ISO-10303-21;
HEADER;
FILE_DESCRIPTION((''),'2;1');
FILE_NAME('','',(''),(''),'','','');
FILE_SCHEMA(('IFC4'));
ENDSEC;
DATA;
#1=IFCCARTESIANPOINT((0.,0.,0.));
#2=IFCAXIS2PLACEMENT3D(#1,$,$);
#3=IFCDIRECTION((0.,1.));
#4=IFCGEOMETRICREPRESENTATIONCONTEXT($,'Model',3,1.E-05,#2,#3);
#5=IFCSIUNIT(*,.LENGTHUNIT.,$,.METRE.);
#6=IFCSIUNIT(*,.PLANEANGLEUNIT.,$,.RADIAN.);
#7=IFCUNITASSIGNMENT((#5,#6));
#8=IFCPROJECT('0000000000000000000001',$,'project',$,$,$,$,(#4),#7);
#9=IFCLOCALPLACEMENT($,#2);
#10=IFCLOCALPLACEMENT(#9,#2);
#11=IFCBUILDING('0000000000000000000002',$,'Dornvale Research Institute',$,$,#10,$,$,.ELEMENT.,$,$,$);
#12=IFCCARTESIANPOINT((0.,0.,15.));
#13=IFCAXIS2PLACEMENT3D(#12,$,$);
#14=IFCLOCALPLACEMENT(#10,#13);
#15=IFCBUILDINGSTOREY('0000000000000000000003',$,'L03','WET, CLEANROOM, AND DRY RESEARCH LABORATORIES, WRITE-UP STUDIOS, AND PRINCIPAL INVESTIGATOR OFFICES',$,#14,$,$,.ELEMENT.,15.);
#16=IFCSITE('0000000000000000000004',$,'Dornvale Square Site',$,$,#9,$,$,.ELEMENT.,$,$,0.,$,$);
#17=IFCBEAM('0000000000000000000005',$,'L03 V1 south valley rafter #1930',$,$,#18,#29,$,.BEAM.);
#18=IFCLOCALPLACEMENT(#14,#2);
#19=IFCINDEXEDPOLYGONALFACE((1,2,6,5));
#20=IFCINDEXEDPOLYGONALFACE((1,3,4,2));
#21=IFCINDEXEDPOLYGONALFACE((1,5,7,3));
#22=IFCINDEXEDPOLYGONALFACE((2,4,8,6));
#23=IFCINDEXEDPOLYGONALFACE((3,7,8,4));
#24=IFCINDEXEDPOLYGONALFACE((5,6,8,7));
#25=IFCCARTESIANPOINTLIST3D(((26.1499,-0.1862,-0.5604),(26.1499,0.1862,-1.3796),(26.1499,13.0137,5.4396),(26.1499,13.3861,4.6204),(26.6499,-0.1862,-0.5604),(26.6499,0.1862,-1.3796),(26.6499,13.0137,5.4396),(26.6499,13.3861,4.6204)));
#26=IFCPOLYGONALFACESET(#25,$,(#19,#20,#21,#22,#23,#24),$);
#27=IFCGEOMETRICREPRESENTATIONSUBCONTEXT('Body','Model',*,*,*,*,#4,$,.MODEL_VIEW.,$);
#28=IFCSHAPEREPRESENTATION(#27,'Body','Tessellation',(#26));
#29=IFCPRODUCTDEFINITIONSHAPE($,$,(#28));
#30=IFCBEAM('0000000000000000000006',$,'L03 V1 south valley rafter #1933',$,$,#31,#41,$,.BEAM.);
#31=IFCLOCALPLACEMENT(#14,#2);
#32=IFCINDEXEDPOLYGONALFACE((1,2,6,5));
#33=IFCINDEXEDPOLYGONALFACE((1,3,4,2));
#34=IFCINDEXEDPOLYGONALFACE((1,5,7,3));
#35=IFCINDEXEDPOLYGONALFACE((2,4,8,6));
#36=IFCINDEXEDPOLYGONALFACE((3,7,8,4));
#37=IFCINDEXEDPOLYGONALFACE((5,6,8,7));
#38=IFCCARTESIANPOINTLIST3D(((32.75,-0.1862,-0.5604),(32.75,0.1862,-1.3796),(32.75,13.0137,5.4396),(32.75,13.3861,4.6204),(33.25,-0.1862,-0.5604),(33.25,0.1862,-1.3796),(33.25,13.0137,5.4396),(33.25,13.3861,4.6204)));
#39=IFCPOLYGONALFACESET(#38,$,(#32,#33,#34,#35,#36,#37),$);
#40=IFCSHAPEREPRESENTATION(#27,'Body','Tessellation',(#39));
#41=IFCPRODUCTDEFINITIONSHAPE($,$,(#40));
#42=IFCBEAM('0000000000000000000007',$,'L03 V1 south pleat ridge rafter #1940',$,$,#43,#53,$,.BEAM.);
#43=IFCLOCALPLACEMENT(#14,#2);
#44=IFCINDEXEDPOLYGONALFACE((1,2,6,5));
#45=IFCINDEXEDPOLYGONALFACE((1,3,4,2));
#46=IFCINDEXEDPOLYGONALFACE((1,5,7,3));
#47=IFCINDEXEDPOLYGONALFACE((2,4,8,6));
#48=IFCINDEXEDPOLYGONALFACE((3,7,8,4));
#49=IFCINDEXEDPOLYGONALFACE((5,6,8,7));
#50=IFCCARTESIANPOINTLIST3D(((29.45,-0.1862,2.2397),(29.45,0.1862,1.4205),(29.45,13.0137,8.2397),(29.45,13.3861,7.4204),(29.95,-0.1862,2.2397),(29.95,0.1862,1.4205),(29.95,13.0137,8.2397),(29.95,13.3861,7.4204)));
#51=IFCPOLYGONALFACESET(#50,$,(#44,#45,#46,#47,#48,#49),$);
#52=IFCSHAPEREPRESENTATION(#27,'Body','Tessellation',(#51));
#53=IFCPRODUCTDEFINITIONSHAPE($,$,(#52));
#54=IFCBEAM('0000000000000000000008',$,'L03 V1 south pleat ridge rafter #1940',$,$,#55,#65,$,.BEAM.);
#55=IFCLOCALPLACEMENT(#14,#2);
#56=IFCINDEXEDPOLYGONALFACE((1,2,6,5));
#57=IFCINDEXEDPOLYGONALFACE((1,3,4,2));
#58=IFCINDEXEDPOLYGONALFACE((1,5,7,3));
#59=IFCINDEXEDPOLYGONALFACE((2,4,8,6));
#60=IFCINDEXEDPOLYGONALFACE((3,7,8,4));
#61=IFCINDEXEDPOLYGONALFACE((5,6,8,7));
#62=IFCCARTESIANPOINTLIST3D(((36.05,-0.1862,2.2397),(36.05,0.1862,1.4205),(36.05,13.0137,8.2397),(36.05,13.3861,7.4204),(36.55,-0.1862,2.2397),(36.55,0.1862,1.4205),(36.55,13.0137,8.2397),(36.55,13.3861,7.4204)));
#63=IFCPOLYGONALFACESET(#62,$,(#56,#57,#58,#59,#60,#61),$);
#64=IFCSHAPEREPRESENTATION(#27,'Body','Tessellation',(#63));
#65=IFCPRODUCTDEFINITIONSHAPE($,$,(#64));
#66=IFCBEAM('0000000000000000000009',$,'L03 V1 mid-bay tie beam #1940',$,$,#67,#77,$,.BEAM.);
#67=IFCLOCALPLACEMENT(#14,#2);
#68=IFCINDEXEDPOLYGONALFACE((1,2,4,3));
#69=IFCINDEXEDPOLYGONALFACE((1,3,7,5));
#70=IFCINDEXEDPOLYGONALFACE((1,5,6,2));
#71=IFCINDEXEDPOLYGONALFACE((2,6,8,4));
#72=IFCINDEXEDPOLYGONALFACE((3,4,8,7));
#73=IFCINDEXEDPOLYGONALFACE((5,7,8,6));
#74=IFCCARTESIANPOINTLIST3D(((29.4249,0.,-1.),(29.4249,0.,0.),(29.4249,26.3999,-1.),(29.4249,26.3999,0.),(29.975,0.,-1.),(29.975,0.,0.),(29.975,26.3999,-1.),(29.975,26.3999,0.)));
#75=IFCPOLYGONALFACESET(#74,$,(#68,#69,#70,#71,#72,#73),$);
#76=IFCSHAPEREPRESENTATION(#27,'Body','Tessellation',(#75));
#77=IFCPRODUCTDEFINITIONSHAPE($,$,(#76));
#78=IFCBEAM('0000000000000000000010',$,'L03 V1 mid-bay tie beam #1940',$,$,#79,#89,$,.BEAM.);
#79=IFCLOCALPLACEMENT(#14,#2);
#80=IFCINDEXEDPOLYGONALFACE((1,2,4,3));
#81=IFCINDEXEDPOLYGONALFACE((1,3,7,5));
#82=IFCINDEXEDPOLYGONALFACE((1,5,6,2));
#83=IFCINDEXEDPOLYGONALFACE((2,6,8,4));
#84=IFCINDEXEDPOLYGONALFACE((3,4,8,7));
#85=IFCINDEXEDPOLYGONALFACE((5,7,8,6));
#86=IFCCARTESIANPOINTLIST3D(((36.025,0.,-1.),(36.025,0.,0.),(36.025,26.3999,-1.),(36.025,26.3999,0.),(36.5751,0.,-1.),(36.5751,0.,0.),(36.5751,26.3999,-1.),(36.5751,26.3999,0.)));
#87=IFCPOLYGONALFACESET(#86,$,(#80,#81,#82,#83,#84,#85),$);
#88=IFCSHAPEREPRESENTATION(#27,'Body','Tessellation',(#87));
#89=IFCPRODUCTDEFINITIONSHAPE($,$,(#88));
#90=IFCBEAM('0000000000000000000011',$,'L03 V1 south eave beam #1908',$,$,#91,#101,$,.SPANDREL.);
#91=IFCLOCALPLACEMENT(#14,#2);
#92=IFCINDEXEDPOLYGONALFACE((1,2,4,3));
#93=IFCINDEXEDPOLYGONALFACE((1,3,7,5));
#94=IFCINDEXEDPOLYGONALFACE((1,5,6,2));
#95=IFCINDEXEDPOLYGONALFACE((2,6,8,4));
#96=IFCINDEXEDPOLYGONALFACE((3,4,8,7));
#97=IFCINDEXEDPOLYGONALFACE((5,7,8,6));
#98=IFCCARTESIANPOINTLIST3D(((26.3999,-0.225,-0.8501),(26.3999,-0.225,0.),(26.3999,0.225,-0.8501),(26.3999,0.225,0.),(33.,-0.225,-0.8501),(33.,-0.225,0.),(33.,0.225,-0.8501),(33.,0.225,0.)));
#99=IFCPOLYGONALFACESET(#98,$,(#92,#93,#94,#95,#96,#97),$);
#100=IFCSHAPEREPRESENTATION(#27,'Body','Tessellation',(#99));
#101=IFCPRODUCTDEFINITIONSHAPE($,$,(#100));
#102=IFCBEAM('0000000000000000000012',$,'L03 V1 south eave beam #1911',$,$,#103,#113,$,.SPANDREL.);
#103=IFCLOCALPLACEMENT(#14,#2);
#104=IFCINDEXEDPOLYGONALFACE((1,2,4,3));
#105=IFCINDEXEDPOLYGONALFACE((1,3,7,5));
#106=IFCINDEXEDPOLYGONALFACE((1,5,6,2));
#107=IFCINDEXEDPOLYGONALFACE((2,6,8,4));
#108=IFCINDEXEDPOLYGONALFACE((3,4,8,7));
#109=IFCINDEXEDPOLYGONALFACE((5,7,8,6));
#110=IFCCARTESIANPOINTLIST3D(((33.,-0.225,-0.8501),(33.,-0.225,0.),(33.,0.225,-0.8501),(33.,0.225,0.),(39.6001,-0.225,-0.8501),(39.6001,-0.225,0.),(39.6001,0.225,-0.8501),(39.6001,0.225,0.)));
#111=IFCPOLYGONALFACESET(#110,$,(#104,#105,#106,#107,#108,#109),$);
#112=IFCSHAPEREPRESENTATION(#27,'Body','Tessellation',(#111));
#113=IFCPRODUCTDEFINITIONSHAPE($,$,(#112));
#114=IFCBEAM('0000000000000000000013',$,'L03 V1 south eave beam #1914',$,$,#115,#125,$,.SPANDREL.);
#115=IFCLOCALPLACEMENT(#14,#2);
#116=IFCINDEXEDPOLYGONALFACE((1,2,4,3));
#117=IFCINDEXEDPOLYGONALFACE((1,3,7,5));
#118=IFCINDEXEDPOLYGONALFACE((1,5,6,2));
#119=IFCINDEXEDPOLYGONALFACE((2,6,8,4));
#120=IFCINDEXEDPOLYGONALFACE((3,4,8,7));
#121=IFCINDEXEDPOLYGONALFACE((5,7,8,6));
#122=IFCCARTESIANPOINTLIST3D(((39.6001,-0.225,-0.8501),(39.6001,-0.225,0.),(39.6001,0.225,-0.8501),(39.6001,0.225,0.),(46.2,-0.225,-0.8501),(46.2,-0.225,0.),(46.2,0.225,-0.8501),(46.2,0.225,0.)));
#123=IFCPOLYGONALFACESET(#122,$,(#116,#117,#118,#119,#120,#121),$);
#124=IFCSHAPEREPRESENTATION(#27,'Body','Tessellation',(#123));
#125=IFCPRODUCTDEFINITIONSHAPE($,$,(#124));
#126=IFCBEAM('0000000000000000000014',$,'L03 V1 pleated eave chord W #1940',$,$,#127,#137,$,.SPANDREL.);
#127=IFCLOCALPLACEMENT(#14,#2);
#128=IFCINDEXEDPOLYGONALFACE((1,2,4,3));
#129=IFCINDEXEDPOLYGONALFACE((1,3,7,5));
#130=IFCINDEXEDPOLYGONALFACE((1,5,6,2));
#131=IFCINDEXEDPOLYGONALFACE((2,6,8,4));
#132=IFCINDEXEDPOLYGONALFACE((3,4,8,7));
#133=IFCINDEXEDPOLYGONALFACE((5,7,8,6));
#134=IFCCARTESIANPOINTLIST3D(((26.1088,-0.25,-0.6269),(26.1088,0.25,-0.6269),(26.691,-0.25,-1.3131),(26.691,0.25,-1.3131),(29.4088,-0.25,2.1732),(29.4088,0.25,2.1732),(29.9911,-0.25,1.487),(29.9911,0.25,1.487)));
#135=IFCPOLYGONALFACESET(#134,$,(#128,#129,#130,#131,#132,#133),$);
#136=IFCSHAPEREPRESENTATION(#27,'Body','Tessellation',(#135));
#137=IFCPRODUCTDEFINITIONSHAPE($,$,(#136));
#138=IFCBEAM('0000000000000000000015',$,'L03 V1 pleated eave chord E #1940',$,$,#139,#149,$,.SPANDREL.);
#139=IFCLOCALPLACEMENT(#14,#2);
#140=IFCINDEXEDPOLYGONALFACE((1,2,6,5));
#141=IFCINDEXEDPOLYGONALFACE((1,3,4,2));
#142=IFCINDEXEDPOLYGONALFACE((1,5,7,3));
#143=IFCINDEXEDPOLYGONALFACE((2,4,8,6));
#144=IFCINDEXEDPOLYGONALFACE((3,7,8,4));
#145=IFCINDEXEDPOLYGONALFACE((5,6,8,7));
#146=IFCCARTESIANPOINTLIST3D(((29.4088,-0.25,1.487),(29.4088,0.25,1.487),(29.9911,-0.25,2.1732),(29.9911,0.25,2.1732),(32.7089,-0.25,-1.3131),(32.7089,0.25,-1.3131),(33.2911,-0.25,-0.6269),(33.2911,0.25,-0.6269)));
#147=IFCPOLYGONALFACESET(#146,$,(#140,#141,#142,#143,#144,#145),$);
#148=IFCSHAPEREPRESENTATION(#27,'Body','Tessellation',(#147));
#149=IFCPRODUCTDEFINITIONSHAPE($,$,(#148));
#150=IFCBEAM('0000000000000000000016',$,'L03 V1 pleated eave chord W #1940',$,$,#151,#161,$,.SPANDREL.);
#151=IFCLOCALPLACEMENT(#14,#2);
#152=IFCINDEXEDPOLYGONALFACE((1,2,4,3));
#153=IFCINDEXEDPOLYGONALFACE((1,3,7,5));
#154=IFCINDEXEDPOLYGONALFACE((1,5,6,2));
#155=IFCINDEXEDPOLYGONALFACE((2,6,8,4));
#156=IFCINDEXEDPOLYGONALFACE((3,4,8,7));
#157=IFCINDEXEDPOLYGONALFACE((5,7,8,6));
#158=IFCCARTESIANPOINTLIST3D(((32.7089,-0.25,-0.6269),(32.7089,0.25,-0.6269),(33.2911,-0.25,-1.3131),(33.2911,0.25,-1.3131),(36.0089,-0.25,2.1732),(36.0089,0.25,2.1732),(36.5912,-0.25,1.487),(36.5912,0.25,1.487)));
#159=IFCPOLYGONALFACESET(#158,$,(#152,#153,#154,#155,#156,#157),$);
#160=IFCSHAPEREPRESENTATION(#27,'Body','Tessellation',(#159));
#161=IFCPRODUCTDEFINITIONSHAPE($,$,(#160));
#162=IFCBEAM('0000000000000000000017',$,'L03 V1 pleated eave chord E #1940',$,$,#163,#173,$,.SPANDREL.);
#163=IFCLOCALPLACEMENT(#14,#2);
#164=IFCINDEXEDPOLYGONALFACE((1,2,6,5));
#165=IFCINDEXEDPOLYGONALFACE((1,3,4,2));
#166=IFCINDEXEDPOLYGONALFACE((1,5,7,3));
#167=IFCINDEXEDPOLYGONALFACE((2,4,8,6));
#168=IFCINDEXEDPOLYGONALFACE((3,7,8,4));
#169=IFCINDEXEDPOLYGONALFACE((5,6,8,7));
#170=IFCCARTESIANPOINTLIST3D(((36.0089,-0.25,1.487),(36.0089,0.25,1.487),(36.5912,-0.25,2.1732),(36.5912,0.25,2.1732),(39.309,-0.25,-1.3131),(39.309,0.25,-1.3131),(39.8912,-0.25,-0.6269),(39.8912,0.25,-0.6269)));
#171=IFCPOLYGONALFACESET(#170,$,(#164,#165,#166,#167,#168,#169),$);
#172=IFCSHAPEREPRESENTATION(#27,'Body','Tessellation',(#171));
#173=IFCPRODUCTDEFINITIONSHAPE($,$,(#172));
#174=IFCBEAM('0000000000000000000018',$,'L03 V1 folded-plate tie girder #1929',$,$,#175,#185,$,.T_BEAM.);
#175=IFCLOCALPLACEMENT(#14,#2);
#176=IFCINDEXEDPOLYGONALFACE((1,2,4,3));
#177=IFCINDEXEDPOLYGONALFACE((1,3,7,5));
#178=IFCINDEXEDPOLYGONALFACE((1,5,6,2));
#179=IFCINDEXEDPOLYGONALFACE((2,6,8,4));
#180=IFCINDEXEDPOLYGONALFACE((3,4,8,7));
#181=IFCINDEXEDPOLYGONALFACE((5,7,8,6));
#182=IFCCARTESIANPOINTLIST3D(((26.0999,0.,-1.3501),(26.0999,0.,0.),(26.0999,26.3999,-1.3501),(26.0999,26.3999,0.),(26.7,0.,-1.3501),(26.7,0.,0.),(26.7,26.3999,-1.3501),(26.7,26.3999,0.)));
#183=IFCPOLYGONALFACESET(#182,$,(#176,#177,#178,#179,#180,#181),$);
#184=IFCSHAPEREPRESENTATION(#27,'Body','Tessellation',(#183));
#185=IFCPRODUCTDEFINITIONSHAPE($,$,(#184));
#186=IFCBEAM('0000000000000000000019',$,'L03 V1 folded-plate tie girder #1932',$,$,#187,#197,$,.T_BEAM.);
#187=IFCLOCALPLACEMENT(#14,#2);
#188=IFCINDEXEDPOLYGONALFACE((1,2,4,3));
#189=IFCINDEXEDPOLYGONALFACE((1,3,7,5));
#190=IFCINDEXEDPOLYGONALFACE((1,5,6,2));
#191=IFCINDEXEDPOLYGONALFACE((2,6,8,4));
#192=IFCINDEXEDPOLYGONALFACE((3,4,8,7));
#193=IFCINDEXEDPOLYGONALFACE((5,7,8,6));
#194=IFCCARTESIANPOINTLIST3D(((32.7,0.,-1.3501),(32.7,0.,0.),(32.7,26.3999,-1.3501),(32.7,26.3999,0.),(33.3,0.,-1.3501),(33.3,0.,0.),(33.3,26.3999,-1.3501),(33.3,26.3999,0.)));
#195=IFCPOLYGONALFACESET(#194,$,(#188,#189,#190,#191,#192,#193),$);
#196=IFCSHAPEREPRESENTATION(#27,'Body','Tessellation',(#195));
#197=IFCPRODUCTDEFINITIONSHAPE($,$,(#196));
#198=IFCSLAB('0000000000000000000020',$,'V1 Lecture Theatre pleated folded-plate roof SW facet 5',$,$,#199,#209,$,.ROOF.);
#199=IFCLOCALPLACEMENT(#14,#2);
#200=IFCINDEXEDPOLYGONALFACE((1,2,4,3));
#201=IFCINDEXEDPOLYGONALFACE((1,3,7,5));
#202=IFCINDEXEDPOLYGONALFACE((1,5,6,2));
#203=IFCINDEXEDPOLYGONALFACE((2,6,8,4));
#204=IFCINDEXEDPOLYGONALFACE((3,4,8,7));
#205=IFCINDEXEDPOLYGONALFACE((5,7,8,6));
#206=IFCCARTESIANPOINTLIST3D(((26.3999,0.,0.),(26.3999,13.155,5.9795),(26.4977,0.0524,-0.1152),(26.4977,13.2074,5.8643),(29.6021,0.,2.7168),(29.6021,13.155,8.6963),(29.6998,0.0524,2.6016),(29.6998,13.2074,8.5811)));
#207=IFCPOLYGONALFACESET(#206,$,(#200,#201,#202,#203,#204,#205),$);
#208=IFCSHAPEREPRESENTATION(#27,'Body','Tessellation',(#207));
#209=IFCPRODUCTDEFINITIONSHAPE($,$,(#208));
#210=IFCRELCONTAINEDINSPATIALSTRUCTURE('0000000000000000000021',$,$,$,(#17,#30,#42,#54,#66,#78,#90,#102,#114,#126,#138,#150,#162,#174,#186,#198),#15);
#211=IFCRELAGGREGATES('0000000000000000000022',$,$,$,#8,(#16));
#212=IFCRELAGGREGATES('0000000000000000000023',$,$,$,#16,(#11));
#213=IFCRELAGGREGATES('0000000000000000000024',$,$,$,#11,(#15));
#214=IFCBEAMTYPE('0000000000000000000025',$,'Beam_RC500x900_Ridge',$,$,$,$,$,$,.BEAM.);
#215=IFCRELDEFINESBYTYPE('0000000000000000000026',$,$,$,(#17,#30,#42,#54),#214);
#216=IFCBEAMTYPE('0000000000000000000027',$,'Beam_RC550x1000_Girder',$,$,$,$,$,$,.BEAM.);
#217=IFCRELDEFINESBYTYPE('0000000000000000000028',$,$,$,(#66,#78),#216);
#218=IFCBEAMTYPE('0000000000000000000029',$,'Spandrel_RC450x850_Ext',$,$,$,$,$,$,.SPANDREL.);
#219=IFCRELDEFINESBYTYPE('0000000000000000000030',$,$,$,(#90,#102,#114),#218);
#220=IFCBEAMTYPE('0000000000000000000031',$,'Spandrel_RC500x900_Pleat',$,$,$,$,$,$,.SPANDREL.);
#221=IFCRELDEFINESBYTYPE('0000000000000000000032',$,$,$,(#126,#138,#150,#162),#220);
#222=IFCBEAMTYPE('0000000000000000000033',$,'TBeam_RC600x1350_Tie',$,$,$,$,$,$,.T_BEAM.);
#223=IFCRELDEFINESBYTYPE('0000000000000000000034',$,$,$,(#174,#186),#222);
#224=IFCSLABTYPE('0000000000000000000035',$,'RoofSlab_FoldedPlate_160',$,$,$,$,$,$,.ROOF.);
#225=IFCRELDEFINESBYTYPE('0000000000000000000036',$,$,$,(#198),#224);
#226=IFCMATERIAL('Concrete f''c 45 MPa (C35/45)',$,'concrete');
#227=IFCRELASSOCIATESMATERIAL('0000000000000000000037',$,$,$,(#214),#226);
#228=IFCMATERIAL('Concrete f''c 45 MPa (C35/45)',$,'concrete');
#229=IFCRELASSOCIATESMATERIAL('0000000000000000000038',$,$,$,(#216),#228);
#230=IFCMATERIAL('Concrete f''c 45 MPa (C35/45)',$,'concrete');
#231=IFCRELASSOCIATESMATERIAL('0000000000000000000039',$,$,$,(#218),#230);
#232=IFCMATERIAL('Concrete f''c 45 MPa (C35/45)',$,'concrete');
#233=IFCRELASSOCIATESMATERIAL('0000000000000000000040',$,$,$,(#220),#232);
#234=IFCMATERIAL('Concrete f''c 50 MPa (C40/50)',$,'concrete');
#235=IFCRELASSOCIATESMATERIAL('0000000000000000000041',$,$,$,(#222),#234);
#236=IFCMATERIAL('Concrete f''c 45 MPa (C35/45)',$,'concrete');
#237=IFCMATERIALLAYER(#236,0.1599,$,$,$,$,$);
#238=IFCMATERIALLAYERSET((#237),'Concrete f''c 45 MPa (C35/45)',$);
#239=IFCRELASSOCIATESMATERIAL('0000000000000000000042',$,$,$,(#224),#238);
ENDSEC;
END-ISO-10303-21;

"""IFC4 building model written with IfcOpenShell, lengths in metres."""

from ifc_helpers import new_model, si_unit, direction, frame, origin, origin_2d, place, context, subcontext, project, spatial, polyline, rectangle, outline, extrude, material, layer, layer_set, material_profile, profile_set, type_object, element, save


model = new_model("IFC4")

# Units and contexts
model_context = context("Model", 3, precision=1e-05, world=origin(), true_north=direction((0.0, 1.0)))
body_context = subcontext(model_context, "Body", "Model", "MODEL_VIEW")
ifc_project = project(units=[si_unit("LENGTHUNIT", "METRE"), si_unit("PLANEANGLEUNIT", "RADIAN")], contexts=[model_context])

# Site, building, storey
site_placement = place(None, origin())
site = spatial("IfcSite", under=ifc_project, at=site_placement, Name="Dornvale Square Site", CompositionType="ELEMENT", RefElevation=0.0)
building_placement = place(site_placement, origin())
building = spatial("IfcBuilding", under=site, at=building_placement, Name="Dornvale Research Institute", CompositionType="ELEMENT")
storey_placement = place(building_placement, frame((0.0, 0.0, 15.0)))
storey = spatial("IfcBuildingStorey", under=building, at=storey_placement, Name="L03", Description="WET, CLEANROOM, AND DRY RESEARCH LABORATORIES, WRITE-UP STUDIOS, AND PRINCIPAL INVESTIGATOR OFFICES", CompositionType="ELEMENT", Elevation=15.0)

# Beams
ifc_material_1 = material(Name="Concrete f'c 45 MPa (C35/45)", Category="concrete")
ifc_material_profile_1 = material_profile(ifc_material_1, rectangle(XDim=0.5, YDim=0.8999, at=origin_2d()), Name="RC 500x900")
ifc_profile_set_1 = profile_set([ifc_material_profile_1], Name="Concrete f'c 45 MPa (C35/45)")
beam_type_1 = type_object("IfcBeamType", Name="Beam_RC500x900_Ridge", PredefinedType="BEAM", material=ifc_profile_set_1)
for number, where, z_axis, x_axis, name in (
    (1, (26.3999, 0.0, -0.97), (0.0, 0.910366, 0.413804), (-1.0, 0.0, 0.0), "L03 V1 south valley rafter #1930"),
    (2, (33.0, 0.0, -0.97), (0.0, 0.910366, 0.413804), (-1.0, 0.0, 0.0), "L03 V1 south valley rafter #1933"),
    (3, (29.7, 0.0, 1.8301), (0.0, 0.910366, 0.413804), (-1.0, 0.0, 0.0), "L03 V1 south pleat ridge rafter #1940"),
    (4, (36.3, 0.0, 1.8301), (0.0, 0.910366, 0.413804), (-1.0, 0.0, 0.0), "L03 V1 south pleat ridge rafter #1940"),
):
    element("IfcBeam", number, at=place(storey_placement, frame(where, z_axis=z_axis, x_axis=x_axis)), inside=storey, type_object=beam_type_1, Name=name, PredefinedType="BEAM", context=body_context, shape_type="SweptSolid", body=[
        extrude(rectangle(XDim=0.5, YDim=0.8999, at=origin_2d()), origin(), (0.0, 0.0, 1.0), 14.4995),
    ])
ifc_material_2 = material(Name="Concrete f'c 45 MPa (C35/45)", Category="concrete")
ifc_material_profile_2 = material_profile(ifc_material_2, rectangle(XDim=0.55, YDim=1.0, at=origin_2d()), Name="RC 550x1000")
ifc_profile_set_2 = profile_set([ifc_material_profile_2], Name="Concrete f'c 45 MPa (C35/45)")
beam_type_2 = type_object("IfcBeamType", Name="Beam_RC550x1000_Girder", PredefinedType="BEAM", material=ifc_profile_set_2)
for number, where, z_axis, x_axis, name in (
    (5, (29.7, 0.0, -0.5), (0.0, 1.0, 0.0), (-1.0, 0.0, 0.0), "L03 V1 mid-bay tie beam #1940"),
    (6, (36.3, 0.0, -0.5), (0.0, 1.0, 0.0), (-1.0, 0.0, 0.0), "L03 V1 mid-bay tie beam #1940"),
):
    element("IfcBeam", number, at=place(storey_placement, frame(where, z_axis=z_axis, x_axis=x_axis)), inside=storey, type_object=beam_type_2, Name=name, PredefinedType="BEAM", context=body_context, shape_type="SweptSolid", body=[
        extrude(rectangle(XDim=0.55, YDim=1.0, at=origin_2d()), origin(), (0.0, 0.0, 1.0), 26.3999),
    ])
ifc_material_3 = material(Name="Concrete f'c 45 MPa (C35/45)", Category="concrete")
ifc_material_profile_3 = material_profile(ifc_material_3, rectangle(XDim=0.45, YDim=0.8501, at=origin_2d()), Name="RC 450x850")
ifc_profile_set_3 = profile_set([ifc_material_profile_3], Name="Concrete f'c 45 MPa (C35/45)")
beam_type_3 = type_object("IfcBeamType", Name="Spandrel_RC450x850_Ext", PredefinedType="SPANDREL", material=ifc_profile_set_3)
for number, where, z_axis, x_axis, name in (
    (7, (26.3999, 0.0, -0.425), (1.0, 0.0, 0.0), (0.0, 1.0, 0.0), "L03 V1 south eave beam #1908"),
    (8, (33.0, 0.0, -0.425), (1.0, 0.0, 0.0), (0.0, 1.0, 0.0), "L03 V1 south eave beam #1911"),
):
    element("IfcBeam", number, at=place(storey_placement, frame(where, z_axis=z_axis, x_axis=x_axis)), inside=storey, type_object=beam_type_3, Name=name, PredefinedType="SPANDREL", context=body_context, shape_type="SweptSolid", body=[
        extrude(rectangle(XDim=0.45, YDim=0.8501, at=origin_2d()), origin(), (0.0, 0.0, 1.0), 6.6001),
    ])
beam_placement = place(storey_placement, frame((39.6001, 0.0, -0.425), z_axis=(1.0, 0.0, 0.0), x_axis=(0.0, 1.0, 0.0)))
element("IfcBeam", 9, at=beam_placement, inside=storey, type_object=beam_type_3, Name="L03 V1 south eave beam #1914", PredefinedType="SPANDREL", context=body_context, shape_type="SweptSolid", body=[
    extrude(rectangle(XDim=0.45, YDim=0.8501, at=origin_2d()), origin(), (0.0, 0.0, 1.0), 6.5999),
])
ifc_material_4 = material(Name="Concrete f'c 45 MPa (C35/45)", Category="concrete")
ifc_material_profile_4 = material_profile(ifc_material_4, rectangle(XDim=0.5, YDim=0.8999, at=origin_2d()), Name="RC 500x900")
ifc_profile_set_4 = profile_set([ifc_material_profile_4], Name="Concrete f'c 45 MPa (C35/45)")
beam_type_4 = type_object("IfcBeamType", Name="Spandrel_RC500x900_Pleat", PredefinedType="SPANDREL", material=ifc_profile_set_4)
for number, where, z_axis, x_axis, name in (
    (10, (26.3999, 0.0, -0.97), (0.762508, 0.0, 0.646978), (0.0, 1.0, 0.0), "L03 V1 pleated eave chord W #1940"),
    (11, (29.7, 0.0, 1.8301), (0.762508, 0.0, -0.646978), (0.0, 1.0, 0.0), "L03 V1 pleated eave chord E #1940"),
    (12, (33.0, 0.0, -0.97), (0.762508, 0.0, 0.646978), (0.0, 1.0, 0.0), "L03 V1 pleated eave chord W #1940"),
    (13, (36.3, 0.0, 1.8301), (0.762508, 0.0, -0.646978), (0.0, 1.0, 0.0), "L03 V1 pleated eave chord E #1940"),
):
    element("IfcBeam", number, at=place(storey_placement, frame(where, z_axis=z_axis, x_axis=x_axis)), inside=storey, type_object=beam_type_4, Name=name, PredefinedType="SPANDREL", context=body_context, shape_type="SweptSolid", body=[
        extrude(rectangle(XDim=0.5, YDim=0.8999, at=origin_2d()), origin(), (0.0, 0.0, 1.0), 4.3279),
    ])
ifc_material_5 = material(Name="Concrete f'c 50 MPa (C40/50)", Category="concrete")
ifc_material_profile_5 = material_profile(ifc_material_5, rectangle(XDim=0.6001, YDim=1.3501, at=origin_2d()), Name="RC 600x1350")
ifc_profile_set_5 = profile_set([ifc_material_profile_5], Name="Concrete f'c 50 MPa (C40/50)")
beam_type_5 = type_object("IfcBeamType", Name="TBeam_RC600x1350_Tie", PredefinedType="T_BEAM", material=ifc_profile_set_5)
for number, where, z_axis, x_axis, name in (
    (14, (26.3999, 0.0, -0.675), (0.0, 1.0, 0.0), (-1.0, 0.0, 0.0), "L03 V1 folded-plate tie girder #1929"),
    (15, (33.0, 0.0, -0.675), (0.0, 1.0, 0.0), (-1.0, 0.0, 0.0), "L03 V1 folded-plate tie girder #1932"),
):
    element("IfcBeam", number, at=place(storey_placement, frame(where, z_axis=z_axis, x_axis=x_axis)), inside=storey, type_object=beam_type_5, Name=name, PredefinedType="T_BEAM", context=body_context, shape_type="SweptSolid", body=[
        extrude(rectangle(XDim=0.6001, YDim=1.3501, at=origin_2d()), origin(), (0.0, 0.0, 1.0), 26.3999),
    ])

# Slab
ifc_material_6 = material(Name="Concrete f'c 45 MPa (C35/45)", Category="concrete")
ifc_layer_1 = layer(ifc_material_6, 0.1599)
ifc_layer_set_1 = layer_set([ifc_layer_1], Name="Concrete f'c 45 MPa (C35/45)")
slab_type = type_object("IfcSlabType", Name="RoofSlab_FoldedPlate_160", PredefinedType="ROOF", material=ifc_layer_set_1)
slab_1_placement = place(storey_placement, frame((26.3999, 0.0, 0.0), z_axis=(-0.611277, -0.327488, 0.720481), x_axis=(0.76253, 0.0, 0.646953)))
element("IfcSlab", 16, at=slab_1_placement, inside=storey, type_object=slab_type, Name="V1 Lecture Theatre pleated folded-plate roof SW facet 5", PredefinedType="ROOF", context=body_context, shape_type="SweptSolid", body=[
    extrude(outline(polyline([(0.0, 0.0), (4.1994, 0.0), (8.0678, 13.9228), (3.8684, 13.9228), (0.0, 0.0)])), origin(), (0.0, 0.0, -1.0), 0.1599),
])

save(model, "model.ifc")
